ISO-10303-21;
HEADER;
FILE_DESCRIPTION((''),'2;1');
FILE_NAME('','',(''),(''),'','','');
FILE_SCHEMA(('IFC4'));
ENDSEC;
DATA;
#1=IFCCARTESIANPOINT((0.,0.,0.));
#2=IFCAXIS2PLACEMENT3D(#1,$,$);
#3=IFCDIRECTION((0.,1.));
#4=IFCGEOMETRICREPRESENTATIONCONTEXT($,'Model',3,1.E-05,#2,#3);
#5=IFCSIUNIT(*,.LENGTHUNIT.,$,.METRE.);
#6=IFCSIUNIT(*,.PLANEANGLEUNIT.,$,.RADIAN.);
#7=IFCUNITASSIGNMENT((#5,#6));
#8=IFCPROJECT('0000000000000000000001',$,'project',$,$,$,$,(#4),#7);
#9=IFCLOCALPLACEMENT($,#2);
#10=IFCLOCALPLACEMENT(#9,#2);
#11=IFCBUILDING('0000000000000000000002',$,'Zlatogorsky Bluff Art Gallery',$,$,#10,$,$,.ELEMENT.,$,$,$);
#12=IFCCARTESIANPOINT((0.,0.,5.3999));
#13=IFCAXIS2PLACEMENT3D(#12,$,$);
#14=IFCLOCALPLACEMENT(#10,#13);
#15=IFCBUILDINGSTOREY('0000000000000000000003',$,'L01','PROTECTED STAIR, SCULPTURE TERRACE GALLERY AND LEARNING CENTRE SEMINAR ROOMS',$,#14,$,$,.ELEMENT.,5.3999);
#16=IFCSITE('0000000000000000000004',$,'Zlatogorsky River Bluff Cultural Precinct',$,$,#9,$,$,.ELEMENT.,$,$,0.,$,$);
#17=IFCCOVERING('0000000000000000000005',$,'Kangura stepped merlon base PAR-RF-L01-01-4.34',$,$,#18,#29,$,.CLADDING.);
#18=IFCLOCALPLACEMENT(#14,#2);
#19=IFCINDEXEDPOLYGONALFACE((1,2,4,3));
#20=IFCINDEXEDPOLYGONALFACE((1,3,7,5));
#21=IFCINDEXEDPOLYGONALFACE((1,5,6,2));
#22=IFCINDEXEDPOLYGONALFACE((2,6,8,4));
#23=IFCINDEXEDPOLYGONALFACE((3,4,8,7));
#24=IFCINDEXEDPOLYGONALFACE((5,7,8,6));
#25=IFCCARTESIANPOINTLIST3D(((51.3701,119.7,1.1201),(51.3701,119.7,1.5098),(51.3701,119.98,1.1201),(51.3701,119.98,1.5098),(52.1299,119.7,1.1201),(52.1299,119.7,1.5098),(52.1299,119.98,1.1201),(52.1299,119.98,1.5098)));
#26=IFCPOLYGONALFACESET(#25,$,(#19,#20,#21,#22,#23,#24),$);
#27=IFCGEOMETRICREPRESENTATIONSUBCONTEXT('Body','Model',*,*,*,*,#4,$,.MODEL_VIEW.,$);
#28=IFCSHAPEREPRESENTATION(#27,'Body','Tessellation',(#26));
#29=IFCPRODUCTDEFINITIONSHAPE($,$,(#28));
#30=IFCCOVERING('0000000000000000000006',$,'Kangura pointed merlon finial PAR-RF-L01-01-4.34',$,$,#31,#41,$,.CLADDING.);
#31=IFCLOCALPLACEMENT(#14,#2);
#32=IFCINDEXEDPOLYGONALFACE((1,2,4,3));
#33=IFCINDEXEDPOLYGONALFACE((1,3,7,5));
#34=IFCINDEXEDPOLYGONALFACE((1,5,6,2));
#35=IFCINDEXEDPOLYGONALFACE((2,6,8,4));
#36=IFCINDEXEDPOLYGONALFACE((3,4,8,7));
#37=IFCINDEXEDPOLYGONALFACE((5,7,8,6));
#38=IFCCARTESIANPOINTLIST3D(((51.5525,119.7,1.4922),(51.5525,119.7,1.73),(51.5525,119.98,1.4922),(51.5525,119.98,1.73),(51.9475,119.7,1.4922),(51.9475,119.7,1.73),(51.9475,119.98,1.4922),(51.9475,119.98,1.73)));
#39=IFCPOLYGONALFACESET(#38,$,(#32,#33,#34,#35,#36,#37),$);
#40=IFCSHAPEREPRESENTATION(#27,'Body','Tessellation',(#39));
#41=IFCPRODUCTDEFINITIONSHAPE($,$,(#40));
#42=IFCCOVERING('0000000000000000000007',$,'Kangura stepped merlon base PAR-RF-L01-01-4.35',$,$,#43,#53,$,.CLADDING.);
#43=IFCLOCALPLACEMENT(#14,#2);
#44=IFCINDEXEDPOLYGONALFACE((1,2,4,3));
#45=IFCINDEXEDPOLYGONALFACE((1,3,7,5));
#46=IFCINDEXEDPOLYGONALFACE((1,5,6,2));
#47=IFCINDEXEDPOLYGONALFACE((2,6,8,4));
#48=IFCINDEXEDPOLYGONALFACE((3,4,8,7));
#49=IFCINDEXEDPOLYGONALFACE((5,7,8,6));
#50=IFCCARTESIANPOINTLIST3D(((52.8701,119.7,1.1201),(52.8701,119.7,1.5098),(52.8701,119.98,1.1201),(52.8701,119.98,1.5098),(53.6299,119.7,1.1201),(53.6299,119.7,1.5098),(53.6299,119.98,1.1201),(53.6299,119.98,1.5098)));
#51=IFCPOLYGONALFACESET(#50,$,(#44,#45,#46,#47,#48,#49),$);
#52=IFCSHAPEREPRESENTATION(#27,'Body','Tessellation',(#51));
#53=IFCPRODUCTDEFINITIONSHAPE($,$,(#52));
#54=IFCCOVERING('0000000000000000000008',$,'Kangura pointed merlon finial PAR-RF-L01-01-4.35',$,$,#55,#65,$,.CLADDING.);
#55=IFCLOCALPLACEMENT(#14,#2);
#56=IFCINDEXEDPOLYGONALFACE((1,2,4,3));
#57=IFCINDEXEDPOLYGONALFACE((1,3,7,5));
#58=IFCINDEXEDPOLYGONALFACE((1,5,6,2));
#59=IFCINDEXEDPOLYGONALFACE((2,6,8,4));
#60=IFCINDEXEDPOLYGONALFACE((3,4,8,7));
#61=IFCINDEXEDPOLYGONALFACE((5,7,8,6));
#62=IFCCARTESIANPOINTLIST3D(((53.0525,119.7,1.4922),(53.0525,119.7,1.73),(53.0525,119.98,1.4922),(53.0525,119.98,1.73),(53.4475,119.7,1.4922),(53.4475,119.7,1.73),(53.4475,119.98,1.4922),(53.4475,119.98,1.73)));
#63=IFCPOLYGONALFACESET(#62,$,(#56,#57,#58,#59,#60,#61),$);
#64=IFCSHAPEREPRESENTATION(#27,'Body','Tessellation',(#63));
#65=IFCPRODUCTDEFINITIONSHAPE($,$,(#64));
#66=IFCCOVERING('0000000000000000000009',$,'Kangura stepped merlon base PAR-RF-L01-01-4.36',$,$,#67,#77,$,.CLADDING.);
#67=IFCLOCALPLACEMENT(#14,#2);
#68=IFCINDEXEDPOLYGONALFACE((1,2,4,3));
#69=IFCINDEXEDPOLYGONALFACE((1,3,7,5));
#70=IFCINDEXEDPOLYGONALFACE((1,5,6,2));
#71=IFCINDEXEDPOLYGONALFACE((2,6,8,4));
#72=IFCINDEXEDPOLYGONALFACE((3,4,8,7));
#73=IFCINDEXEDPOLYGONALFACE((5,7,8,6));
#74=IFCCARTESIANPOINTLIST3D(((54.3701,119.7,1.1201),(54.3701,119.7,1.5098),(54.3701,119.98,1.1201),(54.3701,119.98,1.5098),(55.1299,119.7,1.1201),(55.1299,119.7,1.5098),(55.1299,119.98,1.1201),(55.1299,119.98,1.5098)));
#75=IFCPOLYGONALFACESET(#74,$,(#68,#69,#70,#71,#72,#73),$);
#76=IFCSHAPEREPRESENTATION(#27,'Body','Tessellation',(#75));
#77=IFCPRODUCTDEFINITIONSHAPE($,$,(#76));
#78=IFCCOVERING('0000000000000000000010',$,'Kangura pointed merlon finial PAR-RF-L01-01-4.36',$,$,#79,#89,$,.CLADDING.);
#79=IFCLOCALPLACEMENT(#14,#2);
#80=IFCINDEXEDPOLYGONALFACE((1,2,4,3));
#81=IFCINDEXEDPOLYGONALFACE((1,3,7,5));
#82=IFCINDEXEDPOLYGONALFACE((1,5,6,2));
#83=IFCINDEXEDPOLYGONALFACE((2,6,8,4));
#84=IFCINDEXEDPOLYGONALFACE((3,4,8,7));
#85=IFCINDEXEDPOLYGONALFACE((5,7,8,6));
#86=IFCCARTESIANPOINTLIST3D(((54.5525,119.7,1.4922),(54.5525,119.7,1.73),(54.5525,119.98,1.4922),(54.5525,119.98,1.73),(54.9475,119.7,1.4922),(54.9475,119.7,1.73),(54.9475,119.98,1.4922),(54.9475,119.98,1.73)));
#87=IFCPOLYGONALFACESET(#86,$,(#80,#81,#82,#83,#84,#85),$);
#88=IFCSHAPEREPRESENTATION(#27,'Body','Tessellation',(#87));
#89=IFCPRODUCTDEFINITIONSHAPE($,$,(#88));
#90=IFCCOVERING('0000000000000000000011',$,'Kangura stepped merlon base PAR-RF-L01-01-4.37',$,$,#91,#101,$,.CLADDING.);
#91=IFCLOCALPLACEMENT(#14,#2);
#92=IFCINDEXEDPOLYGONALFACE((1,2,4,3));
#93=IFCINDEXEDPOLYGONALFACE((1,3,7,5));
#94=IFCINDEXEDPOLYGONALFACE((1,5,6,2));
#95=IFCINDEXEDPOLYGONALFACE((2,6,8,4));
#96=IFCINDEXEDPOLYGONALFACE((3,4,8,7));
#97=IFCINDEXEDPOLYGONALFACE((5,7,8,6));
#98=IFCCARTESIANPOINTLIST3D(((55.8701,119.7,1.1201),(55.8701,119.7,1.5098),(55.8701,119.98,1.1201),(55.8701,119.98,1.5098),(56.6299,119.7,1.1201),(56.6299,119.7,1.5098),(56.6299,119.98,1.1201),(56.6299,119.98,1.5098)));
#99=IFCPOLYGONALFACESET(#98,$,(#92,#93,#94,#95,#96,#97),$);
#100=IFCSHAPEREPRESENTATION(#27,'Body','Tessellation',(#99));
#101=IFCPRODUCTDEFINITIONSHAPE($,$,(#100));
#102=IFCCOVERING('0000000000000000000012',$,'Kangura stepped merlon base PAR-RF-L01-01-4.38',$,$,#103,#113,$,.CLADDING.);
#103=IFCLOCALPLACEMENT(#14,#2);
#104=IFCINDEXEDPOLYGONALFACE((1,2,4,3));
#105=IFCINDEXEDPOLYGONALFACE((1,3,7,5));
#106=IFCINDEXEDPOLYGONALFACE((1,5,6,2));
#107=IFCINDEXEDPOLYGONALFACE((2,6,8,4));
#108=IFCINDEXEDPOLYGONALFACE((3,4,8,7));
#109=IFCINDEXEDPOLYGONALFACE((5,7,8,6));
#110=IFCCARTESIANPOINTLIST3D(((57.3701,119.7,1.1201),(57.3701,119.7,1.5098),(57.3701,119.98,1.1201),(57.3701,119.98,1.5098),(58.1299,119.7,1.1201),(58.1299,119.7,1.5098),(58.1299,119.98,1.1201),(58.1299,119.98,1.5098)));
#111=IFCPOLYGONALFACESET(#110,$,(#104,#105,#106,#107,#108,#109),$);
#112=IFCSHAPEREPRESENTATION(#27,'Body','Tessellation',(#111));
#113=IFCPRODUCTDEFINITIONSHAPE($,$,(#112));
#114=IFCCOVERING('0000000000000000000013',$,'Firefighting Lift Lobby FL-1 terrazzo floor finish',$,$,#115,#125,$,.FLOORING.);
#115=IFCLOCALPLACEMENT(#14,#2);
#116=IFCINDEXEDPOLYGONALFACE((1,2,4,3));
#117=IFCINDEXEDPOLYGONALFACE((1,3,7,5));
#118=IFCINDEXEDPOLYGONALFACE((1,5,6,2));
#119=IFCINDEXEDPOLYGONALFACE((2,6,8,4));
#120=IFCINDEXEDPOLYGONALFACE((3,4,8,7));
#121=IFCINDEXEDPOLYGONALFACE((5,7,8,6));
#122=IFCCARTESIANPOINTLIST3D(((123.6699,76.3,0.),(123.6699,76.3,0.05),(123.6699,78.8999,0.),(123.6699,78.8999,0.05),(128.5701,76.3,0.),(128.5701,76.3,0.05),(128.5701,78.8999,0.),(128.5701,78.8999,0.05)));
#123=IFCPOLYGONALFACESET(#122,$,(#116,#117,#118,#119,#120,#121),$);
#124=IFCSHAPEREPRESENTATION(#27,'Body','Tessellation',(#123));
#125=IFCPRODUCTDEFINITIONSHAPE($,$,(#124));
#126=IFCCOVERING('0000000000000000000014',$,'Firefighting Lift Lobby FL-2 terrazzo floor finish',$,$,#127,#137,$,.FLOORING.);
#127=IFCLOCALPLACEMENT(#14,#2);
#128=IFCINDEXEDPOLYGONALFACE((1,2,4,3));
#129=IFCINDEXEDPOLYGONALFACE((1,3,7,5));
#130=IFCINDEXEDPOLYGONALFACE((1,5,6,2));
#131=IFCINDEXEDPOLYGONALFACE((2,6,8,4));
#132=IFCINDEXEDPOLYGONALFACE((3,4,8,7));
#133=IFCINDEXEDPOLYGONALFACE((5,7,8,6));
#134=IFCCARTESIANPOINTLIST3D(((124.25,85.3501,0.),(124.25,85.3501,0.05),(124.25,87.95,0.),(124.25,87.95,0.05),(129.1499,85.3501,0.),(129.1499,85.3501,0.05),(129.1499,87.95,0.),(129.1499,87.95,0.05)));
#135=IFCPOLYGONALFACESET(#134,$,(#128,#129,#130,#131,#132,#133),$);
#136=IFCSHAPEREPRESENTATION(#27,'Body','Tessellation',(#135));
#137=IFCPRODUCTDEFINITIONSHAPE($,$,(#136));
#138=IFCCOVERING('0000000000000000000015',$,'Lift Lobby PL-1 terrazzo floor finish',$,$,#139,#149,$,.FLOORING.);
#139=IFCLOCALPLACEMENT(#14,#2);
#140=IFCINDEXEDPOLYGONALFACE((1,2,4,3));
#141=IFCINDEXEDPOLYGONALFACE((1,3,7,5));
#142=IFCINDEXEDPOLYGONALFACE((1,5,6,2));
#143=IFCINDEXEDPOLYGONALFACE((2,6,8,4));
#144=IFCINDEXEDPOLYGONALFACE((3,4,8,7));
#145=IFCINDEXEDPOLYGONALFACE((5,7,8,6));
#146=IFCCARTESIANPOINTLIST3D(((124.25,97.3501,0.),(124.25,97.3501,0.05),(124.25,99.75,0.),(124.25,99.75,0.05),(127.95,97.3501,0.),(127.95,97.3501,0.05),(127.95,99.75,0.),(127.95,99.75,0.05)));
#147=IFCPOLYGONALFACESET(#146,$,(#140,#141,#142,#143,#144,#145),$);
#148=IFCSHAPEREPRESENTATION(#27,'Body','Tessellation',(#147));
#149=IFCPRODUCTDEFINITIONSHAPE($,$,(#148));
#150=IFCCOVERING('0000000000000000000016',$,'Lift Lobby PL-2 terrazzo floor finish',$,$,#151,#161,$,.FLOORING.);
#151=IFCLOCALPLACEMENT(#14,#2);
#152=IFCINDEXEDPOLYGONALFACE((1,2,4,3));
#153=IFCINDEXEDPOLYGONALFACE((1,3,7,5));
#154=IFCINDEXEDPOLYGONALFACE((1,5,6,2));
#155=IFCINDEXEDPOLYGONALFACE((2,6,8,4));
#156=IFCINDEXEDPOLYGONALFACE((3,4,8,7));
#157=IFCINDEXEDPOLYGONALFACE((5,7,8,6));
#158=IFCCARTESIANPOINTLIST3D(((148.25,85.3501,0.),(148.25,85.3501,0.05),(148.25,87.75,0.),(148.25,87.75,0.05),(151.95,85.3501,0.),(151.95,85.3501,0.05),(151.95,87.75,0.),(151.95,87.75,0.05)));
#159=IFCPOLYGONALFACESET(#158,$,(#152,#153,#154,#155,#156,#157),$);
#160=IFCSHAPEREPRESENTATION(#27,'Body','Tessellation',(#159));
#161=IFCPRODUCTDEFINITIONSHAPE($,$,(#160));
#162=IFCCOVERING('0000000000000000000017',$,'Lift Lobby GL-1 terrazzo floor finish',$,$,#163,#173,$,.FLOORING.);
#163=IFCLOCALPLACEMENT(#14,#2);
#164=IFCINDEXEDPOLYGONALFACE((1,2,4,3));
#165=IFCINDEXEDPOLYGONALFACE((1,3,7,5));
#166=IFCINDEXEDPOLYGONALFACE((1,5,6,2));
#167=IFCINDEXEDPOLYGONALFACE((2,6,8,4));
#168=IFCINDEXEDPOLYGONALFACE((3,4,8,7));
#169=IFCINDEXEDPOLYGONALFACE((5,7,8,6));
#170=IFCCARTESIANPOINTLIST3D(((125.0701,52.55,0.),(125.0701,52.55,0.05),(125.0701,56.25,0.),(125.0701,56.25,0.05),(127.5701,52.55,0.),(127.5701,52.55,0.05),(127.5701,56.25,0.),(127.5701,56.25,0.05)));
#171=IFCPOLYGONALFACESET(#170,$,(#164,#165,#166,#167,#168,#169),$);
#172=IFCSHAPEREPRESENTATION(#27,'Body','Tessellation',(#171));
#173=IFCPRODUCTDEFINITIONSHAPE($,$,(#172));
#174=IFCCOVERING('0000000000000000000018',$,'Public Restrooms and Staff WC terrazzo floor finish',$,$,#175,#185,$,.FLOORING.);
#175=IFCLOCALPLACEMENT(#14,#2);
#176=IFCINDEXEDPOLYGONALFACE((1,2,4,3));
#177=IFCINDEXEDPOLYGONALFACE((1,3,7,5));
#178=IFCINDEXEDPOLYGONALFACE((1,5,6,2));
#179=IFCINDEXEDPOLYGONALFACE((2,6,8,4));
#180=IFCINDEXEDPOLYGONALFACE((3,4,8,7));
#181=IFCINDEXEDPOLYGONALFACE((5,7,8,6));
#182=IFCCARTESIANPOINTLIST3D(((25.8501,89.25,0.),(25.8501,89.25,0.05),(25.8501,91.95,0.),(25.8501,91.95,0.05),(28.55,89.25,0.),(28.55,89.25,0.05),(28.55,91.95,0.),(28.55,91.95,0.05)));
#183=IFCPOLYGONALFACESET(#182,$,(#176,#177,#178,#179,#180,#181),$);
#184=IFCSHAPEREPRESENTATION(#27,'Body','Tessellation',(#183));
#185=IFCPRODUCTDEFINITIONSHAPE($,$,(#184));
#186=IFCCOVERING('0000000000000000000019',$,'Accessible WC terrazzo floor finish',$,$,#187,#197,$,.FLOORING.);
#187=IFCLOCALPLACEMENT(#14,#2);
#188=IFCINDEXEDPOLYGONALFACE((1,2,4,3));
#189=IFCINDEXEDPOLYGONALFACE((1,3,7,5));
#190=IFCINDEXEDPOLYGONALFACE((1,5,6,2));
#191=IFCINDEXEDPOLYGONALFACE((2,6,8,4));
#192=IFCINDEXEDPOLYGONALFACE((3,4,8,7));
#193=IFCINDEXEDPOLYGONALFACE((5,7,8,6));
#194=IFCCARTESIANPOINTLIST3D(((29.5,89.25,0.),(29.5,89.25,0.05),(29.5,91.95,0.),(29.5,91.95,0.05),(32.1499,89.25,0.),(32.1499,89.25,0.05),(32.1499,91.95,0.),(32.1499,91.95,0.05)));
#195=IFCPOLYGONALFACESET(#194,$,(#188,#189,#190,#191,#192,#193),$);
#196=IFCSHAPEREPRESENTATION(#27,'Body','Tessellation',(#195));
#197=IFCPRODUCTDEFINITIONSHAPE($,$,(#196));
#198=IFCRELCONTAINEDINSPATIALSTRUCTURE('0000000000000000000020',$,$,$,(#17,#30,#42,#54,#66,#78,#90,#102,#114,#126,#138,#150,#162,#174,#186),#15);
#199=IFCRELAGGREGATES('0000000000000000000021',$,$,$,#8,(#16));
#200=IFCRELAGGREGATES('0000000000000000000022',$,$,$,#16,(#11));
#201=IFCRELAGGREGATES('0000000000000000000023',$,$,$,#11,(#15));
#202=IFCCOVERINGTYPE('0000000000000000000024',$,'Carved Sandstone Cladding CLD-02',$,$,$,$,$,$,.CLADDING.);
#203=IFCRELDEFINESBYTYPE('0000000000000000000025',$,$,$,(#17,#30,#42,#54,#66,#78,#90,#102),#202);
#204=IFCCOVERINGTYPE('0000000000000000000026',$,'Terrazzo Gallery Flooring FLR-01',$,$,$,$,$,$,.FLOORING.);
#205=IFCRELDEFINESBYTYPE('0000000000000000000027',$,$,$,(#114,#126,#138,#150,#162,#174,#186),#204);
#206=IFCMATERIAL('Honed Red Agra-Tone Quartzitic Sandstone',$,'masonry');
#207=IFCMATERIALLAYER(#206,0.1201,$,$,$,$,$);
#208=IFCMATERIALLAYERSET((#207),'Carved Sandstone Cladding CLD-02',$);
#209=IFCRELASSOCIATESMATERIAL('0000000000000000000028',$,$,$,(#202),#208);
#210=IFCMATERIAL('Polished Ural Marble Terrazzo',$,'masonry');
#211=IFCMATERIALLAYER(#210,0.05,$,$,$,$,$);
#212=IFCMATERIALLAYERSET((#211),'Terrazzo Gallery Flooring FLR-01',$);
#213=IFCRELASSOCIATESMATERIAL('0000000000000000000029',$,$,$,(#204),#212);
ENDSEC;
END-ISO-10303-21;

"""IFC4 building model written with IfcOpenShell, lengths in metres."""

from ifc_helpers import new_model, si_unit, direction, frame, origin, place, context, subcontext, project, spatial, polyline, outline, extrude, material, layer, layer_set, type_object, element, save


model = new_model("IFC4")

# Units and contexts
model_context = context("Model", 3, precision=1e-05, world=origin(), true_north=direction((0.0, 1.0)))
body_context = subcontext(model_context, "Body", "Model", "MODEL_VIEW")
ifc_project = project(units=[si_unit("LENGTHUNIT", "METRE"), si_unit("PLANEANGLEUNIT", "RADIAN")], contexts=[model_context])

# Site, building, storey
site_placement = place(None, origin())
site = spatial("IfcSite", under=ifc_project, at=site_placement, Name="Zlatogorsky River Bluff Cultural Precinct", CompositionType="ELEMENT", RefElevation=0.0)
building_placement = place(site_placement, origin())
building = spatial("IfcBuilding", under=site, at=building_placement, Name="Zlatogorsky Bluff Art Gallery", CompositionType="ELEMENT")
storey_placement = place(building_placement, frame((0.0, 0.0, 5.3999)))
storey = spatial("IfcBuildingStorey", under=building, at=storey_placement, Name="L01", Description="PROTECTED STAIR, SCULPTURE TERRACE GALLERY AND LEARNING CENTRE SEMINAR ROOMS", CompositionType="ELEMENT", Elevation=5.3999)

# Coverings
ifc_material_1 = material(Name="Honed Red Agra-Tone Quartzitic Sandstone", Category="masonry")
ifc_layer_1 = layer(ifc_material_1, 0.1201)
ifc_layer_set_1 = layer_set([ifc_layer_1], Name="Carved Sandstone Cladding CLD-02")
covering_type_1 = type_object("IfcCoveringType", Name="Carved Sandstone Cladding CLD-02", PredefinedType="CLADDING", material=ifc_layer_set_1)
covering_1_placement = place(storey_placement, frame((0.0, 0.0, 1.1201)))
element("IfcCovering", 1, at=covering_1_placement, inside=storey, type_object=covering_type_1, Name="Kangura stepped merlon base PAR-RF-L01-01-4.34", PredefinedType="CLADDING", context=body_context, shape_type="SweptSolid", body=[
    extrude(outline(polyline([(51.3701, 119.7), (52.1299, 119.7), (52.1299, 119.98), (51.3701, 119.98), (51.3701, 119.7)])), origin(), (0.0, 0.0, 1.0), 0.3896),
])
covering_2_placement = place(storey_placement, frame((0.0, 0.0, 1.4922)))
element("IfcCovering", 2, at=covering_2_placement, inside=storey, type_object=covering_type_1, Name="Kangura pointed merlon finial PAR-RF-L01-01-4.34", PredefinedType="CLADDING", context=body_context, shape_type="SweptSolid", body=[
    extrude(outline(polyline([(51.5525, 119.7), (51.9475, 119.7), (51.9475, 119.98), (51.5525, 119.98), (51.5525, 119.7)])), origin(), (0.0, 0.0, 1.0), 0.2378),
])
covering_3_placement = place(storey_placement, frame((0.0, 0.0, 1.1201)))
element("IfcCovering", 3, at=covering_3_placement, inside=storey, type_object=covering_type_1, Name="Kangura stepped merlon base PAR-RF-L01-01-4.35", PredefinedType="CLADDING", context=body_context, shape_type="SweptSolid", body=[
    extrude(outline(polyline([(52.8701, 119.7), (53.6299, 119.7), (53.6299, 119.98), (52.8701, 119.98), (52.8701, 119.7)])), origin(), (0.0, 0.0, 1.0), 0.3896),
])
covering_4_placement = place(storey_placement, frame((0.0, 0.0, 1.4922)))
element("IfcCovering", 4, at=covering_4_placement, inside=storey, type_object=covering_type_1, Name="Kangura pointed merlon finial PAR-RF-L01-01-4.35", PredefinedType="CLADDING", context=body_context, shape_type="SweptSolid", body=[
    extrude(outline(polyline([(53.0525, 119.7), (53.4475, 119.7), (53.4475, 119.98), (53.0525, 119.98), (53.0525, 119.7)])), origin(), (0.0, 0.0, 1.0), 0.2378),
])
covering_5_placement = place(storey_placement, frame((0.0, 0.0, 1.1201)))
element("IfcCovering", 5, at=covering_5_placement, inside=storey, type_object=covering_type_1, Name="Kangura stepped merlon base PAR-RF-L01-01-4.36", PredefinedType="CLADDING", context=body_context, shape_type="SweptSolid", body=[
    extrude(outline(polyline([(54.3701, 119.7), (55.1299, 119.7), (55.1299, 119.98), (54.3701, 119.98), (54.3701, 119.7)])), origin(), (0.0, 0.0, 1.0), 0.3896),
])
covering_6_placement = place(storey_placement, frame((0.0, 0.0, 1.4922)))
element("IfcCovering", 6, at=covering_6_placement, inside=storey, type_object=covering_type_1, Name="Kangura pointed merlon finial PAR-RF-L01-01-4.36", PredefinedType="CLADDING", context=body_context, shape_type="SweptSolid", body=[
    extrude(outline(polyline([(54.5525, 119.7), (54.9475, 119.7), (54.9475, 119.98), (54.5525, 119.98), (54.5525, 119.7)])), origin(), (0.0, 0.0, 1.0), 0.2378),
])
covering_7_placement = place(storey_placement, frame((0.0, 0.0, 1.1201)))
element("IfcCovering", 7, at=covering_7_placement, inside=storey, type_object=covering_type_1, Name="Kangura stepped merlon base PAR-RF-L01-01-4.37", PredefinedType="CLADDING", context=body_context, shape_type="SweptSolid", body=[
    extrude(outline(polyline([(55.8701, 119.7), (56.6299, 119.7), (56.6299, 119.98), (55.8701, 119.98), (55.8701, 119.7)])), origin(), (0.0, 0.0, 1.0), 0.3896),
])
covering_8_placement = place(storey_placement, frame((0.0, 0.0, 1.1201)))
element("IfcCovering", 8, at=covering_8_placement, inside=storey, type_object=covering_type_1, Name="Kangura stepped merlon base PAR-RF-L01-01-4.38", PredefinedType="CLADDING", context=body_context, shape_type="SweptSolid", body=[
    extrude(outline(polyline([(57.3701, 119.7), (58.1299, 119.7), (58.1299, 119.98), (57.3701, 119.98), (57.3701, 119.7)])), origin(), (0.0, 0.0, 1.0), 0.3896),
])
ifc_material_2 = material(Name="Polished Ural Marble Terrazzo", Category="masonry")
ifc_layer_2 = layer(ifc_material_2, 0.05)
ifc_layer_set_2 = layer_set([ifc_layer_2], Name="Terrazzo Gallery Flooring FLR-01")
covering_type_2 = type_object("IfcCoveringType", Name="Terrazzo Gallery Flooring FLR-01", PredefinedType="FLOORING", material=ifc_layer_set_2)
covering_9_placement = place(storey_placement, origin())
element("IfcCovering", 9, at=covering_9_placement, inside=storey, type_object=covering_type_2, Name="Firefighting Lift Lobby FL-1 terrazzo floor finish", PredefinedType="FLOORING", context=body_context, shape_type="SweptSolid", body=[
    extrude(outline(polyline([(128.5701, 78.8999), (128.5701, 76.3), (123.6699, 76.3), (123.6699, 78.8999), (128.5701, 78.8999)])), origin(), (0.0, 0.0, 1.0), 0.05),
])
covering_10_placement = place(storey_placement, origin())
element("IfcCovering", 10, at=covering_10_placement, inside=storey, type_object=covering_type_2, Name="Firefighting Lift Lobby FL-2 terrazzo floor finish", PredefinedType="FLOORING", context=body_context, shape_type="SweptSolid", body=[
    extrude(outline(polyline([(129.1499, 87.95), (129.1499, 85.3501), (124.25, 85.3501), (124.25, 87.95), (129.1499, 87.95)])), origin(), (0.0, 0.0, 1.0), 0.05),
])
covering_11_placement = place(storey_placement, origin())
element("IfcCovering", 11, at=covering_11_placement, inside=storey, type_object=covering_type_2, Name="Lift Lobby PL-1 terrazzo floor finish", PredefinedType="FLOORING", context=body_context, shape_type="SweptSolid", body=[
    extrude(outline(polyline([(127.95, 99.75), (127.95, 97.3501), (124.25, 97.3501), (124.25, 99.75), (127.95, 99.75)])), origin(), (0.0, 0.0, 1.0), 0.05),
])
covering_12_placement = place(storey_placement, origin())
element("IfcCovering", 12, at=covering_12_placement, inside=storey, type_object=covering_type_2, Name="Lift Lobby PL-2 terrazzo floor finish", PredefinedType="FLOORING", context=body_context, shape_type="SweptSolid", body=[
    extrude(outline(polyline([(151.95, 87.75), (151.95, 85.3501), (148.25, 85.3501), (148.25, 87.75), (151.95, 87.75)])), origin(), (0.0, 0.0, 1.0), 0.05),
])
covering_13_placement = place(storey_placement, origin())
element("IfcCovering", 13, at=covering_13_placement, inside=storey, type_object=covering_type_2, Name="Lift Lobby GL-1 terrazzo floor finish", PredefinedType="FLOORING", context=body_context, shape_type="SweptSolid", body=[
    extrude(outline(polyline([(125.0701, 52.55), (125.0701, 56.25), (127.5701, 56.25), (127.5701, 52.55), (125.0701, 52.55)])), origin(), (0.0, 0.0, 1.0), 0.05),
])
covering_14_placement = place(storey_placement, origin())
element("IfcCovering", 14, at=covering_14_placement, inside=storey, type_object=covering_type_2, Name="Public Restrooms and Staff WC terrazzo floor finish", PredefinedType="FLOORING", context=body_context, shape_type="SweptSolid", body=[
    extrude(outline(polyline([(28.55, 91.95), (28.55, 89.25), (25.8501, 89.25), (25.8501, 91.95), (28.55, 91.95)])), origin(), (0.0, 0.0, 1.0), 0.05),
])
covering_15_placement = place(storey_placement, origin())
element("IfcCovering", 15, at=covering_15_placement, inside=storey, type_object=covering_type_2, Name="Accessible WC terrazzo floor finish", PredefinedType="FLOORING", context=body_context, shape_type="SweptSolid", body=[
    extrude(outline(polyline([(32.1499, 89.25), (29.5, 89.25), (29.5, 91.95), (32.1499, 91.95), (32.1499, 89.25)])), origin(), (0.0, 0.0, 1.0), 0.05),
])

save(model, "model.ifc")
